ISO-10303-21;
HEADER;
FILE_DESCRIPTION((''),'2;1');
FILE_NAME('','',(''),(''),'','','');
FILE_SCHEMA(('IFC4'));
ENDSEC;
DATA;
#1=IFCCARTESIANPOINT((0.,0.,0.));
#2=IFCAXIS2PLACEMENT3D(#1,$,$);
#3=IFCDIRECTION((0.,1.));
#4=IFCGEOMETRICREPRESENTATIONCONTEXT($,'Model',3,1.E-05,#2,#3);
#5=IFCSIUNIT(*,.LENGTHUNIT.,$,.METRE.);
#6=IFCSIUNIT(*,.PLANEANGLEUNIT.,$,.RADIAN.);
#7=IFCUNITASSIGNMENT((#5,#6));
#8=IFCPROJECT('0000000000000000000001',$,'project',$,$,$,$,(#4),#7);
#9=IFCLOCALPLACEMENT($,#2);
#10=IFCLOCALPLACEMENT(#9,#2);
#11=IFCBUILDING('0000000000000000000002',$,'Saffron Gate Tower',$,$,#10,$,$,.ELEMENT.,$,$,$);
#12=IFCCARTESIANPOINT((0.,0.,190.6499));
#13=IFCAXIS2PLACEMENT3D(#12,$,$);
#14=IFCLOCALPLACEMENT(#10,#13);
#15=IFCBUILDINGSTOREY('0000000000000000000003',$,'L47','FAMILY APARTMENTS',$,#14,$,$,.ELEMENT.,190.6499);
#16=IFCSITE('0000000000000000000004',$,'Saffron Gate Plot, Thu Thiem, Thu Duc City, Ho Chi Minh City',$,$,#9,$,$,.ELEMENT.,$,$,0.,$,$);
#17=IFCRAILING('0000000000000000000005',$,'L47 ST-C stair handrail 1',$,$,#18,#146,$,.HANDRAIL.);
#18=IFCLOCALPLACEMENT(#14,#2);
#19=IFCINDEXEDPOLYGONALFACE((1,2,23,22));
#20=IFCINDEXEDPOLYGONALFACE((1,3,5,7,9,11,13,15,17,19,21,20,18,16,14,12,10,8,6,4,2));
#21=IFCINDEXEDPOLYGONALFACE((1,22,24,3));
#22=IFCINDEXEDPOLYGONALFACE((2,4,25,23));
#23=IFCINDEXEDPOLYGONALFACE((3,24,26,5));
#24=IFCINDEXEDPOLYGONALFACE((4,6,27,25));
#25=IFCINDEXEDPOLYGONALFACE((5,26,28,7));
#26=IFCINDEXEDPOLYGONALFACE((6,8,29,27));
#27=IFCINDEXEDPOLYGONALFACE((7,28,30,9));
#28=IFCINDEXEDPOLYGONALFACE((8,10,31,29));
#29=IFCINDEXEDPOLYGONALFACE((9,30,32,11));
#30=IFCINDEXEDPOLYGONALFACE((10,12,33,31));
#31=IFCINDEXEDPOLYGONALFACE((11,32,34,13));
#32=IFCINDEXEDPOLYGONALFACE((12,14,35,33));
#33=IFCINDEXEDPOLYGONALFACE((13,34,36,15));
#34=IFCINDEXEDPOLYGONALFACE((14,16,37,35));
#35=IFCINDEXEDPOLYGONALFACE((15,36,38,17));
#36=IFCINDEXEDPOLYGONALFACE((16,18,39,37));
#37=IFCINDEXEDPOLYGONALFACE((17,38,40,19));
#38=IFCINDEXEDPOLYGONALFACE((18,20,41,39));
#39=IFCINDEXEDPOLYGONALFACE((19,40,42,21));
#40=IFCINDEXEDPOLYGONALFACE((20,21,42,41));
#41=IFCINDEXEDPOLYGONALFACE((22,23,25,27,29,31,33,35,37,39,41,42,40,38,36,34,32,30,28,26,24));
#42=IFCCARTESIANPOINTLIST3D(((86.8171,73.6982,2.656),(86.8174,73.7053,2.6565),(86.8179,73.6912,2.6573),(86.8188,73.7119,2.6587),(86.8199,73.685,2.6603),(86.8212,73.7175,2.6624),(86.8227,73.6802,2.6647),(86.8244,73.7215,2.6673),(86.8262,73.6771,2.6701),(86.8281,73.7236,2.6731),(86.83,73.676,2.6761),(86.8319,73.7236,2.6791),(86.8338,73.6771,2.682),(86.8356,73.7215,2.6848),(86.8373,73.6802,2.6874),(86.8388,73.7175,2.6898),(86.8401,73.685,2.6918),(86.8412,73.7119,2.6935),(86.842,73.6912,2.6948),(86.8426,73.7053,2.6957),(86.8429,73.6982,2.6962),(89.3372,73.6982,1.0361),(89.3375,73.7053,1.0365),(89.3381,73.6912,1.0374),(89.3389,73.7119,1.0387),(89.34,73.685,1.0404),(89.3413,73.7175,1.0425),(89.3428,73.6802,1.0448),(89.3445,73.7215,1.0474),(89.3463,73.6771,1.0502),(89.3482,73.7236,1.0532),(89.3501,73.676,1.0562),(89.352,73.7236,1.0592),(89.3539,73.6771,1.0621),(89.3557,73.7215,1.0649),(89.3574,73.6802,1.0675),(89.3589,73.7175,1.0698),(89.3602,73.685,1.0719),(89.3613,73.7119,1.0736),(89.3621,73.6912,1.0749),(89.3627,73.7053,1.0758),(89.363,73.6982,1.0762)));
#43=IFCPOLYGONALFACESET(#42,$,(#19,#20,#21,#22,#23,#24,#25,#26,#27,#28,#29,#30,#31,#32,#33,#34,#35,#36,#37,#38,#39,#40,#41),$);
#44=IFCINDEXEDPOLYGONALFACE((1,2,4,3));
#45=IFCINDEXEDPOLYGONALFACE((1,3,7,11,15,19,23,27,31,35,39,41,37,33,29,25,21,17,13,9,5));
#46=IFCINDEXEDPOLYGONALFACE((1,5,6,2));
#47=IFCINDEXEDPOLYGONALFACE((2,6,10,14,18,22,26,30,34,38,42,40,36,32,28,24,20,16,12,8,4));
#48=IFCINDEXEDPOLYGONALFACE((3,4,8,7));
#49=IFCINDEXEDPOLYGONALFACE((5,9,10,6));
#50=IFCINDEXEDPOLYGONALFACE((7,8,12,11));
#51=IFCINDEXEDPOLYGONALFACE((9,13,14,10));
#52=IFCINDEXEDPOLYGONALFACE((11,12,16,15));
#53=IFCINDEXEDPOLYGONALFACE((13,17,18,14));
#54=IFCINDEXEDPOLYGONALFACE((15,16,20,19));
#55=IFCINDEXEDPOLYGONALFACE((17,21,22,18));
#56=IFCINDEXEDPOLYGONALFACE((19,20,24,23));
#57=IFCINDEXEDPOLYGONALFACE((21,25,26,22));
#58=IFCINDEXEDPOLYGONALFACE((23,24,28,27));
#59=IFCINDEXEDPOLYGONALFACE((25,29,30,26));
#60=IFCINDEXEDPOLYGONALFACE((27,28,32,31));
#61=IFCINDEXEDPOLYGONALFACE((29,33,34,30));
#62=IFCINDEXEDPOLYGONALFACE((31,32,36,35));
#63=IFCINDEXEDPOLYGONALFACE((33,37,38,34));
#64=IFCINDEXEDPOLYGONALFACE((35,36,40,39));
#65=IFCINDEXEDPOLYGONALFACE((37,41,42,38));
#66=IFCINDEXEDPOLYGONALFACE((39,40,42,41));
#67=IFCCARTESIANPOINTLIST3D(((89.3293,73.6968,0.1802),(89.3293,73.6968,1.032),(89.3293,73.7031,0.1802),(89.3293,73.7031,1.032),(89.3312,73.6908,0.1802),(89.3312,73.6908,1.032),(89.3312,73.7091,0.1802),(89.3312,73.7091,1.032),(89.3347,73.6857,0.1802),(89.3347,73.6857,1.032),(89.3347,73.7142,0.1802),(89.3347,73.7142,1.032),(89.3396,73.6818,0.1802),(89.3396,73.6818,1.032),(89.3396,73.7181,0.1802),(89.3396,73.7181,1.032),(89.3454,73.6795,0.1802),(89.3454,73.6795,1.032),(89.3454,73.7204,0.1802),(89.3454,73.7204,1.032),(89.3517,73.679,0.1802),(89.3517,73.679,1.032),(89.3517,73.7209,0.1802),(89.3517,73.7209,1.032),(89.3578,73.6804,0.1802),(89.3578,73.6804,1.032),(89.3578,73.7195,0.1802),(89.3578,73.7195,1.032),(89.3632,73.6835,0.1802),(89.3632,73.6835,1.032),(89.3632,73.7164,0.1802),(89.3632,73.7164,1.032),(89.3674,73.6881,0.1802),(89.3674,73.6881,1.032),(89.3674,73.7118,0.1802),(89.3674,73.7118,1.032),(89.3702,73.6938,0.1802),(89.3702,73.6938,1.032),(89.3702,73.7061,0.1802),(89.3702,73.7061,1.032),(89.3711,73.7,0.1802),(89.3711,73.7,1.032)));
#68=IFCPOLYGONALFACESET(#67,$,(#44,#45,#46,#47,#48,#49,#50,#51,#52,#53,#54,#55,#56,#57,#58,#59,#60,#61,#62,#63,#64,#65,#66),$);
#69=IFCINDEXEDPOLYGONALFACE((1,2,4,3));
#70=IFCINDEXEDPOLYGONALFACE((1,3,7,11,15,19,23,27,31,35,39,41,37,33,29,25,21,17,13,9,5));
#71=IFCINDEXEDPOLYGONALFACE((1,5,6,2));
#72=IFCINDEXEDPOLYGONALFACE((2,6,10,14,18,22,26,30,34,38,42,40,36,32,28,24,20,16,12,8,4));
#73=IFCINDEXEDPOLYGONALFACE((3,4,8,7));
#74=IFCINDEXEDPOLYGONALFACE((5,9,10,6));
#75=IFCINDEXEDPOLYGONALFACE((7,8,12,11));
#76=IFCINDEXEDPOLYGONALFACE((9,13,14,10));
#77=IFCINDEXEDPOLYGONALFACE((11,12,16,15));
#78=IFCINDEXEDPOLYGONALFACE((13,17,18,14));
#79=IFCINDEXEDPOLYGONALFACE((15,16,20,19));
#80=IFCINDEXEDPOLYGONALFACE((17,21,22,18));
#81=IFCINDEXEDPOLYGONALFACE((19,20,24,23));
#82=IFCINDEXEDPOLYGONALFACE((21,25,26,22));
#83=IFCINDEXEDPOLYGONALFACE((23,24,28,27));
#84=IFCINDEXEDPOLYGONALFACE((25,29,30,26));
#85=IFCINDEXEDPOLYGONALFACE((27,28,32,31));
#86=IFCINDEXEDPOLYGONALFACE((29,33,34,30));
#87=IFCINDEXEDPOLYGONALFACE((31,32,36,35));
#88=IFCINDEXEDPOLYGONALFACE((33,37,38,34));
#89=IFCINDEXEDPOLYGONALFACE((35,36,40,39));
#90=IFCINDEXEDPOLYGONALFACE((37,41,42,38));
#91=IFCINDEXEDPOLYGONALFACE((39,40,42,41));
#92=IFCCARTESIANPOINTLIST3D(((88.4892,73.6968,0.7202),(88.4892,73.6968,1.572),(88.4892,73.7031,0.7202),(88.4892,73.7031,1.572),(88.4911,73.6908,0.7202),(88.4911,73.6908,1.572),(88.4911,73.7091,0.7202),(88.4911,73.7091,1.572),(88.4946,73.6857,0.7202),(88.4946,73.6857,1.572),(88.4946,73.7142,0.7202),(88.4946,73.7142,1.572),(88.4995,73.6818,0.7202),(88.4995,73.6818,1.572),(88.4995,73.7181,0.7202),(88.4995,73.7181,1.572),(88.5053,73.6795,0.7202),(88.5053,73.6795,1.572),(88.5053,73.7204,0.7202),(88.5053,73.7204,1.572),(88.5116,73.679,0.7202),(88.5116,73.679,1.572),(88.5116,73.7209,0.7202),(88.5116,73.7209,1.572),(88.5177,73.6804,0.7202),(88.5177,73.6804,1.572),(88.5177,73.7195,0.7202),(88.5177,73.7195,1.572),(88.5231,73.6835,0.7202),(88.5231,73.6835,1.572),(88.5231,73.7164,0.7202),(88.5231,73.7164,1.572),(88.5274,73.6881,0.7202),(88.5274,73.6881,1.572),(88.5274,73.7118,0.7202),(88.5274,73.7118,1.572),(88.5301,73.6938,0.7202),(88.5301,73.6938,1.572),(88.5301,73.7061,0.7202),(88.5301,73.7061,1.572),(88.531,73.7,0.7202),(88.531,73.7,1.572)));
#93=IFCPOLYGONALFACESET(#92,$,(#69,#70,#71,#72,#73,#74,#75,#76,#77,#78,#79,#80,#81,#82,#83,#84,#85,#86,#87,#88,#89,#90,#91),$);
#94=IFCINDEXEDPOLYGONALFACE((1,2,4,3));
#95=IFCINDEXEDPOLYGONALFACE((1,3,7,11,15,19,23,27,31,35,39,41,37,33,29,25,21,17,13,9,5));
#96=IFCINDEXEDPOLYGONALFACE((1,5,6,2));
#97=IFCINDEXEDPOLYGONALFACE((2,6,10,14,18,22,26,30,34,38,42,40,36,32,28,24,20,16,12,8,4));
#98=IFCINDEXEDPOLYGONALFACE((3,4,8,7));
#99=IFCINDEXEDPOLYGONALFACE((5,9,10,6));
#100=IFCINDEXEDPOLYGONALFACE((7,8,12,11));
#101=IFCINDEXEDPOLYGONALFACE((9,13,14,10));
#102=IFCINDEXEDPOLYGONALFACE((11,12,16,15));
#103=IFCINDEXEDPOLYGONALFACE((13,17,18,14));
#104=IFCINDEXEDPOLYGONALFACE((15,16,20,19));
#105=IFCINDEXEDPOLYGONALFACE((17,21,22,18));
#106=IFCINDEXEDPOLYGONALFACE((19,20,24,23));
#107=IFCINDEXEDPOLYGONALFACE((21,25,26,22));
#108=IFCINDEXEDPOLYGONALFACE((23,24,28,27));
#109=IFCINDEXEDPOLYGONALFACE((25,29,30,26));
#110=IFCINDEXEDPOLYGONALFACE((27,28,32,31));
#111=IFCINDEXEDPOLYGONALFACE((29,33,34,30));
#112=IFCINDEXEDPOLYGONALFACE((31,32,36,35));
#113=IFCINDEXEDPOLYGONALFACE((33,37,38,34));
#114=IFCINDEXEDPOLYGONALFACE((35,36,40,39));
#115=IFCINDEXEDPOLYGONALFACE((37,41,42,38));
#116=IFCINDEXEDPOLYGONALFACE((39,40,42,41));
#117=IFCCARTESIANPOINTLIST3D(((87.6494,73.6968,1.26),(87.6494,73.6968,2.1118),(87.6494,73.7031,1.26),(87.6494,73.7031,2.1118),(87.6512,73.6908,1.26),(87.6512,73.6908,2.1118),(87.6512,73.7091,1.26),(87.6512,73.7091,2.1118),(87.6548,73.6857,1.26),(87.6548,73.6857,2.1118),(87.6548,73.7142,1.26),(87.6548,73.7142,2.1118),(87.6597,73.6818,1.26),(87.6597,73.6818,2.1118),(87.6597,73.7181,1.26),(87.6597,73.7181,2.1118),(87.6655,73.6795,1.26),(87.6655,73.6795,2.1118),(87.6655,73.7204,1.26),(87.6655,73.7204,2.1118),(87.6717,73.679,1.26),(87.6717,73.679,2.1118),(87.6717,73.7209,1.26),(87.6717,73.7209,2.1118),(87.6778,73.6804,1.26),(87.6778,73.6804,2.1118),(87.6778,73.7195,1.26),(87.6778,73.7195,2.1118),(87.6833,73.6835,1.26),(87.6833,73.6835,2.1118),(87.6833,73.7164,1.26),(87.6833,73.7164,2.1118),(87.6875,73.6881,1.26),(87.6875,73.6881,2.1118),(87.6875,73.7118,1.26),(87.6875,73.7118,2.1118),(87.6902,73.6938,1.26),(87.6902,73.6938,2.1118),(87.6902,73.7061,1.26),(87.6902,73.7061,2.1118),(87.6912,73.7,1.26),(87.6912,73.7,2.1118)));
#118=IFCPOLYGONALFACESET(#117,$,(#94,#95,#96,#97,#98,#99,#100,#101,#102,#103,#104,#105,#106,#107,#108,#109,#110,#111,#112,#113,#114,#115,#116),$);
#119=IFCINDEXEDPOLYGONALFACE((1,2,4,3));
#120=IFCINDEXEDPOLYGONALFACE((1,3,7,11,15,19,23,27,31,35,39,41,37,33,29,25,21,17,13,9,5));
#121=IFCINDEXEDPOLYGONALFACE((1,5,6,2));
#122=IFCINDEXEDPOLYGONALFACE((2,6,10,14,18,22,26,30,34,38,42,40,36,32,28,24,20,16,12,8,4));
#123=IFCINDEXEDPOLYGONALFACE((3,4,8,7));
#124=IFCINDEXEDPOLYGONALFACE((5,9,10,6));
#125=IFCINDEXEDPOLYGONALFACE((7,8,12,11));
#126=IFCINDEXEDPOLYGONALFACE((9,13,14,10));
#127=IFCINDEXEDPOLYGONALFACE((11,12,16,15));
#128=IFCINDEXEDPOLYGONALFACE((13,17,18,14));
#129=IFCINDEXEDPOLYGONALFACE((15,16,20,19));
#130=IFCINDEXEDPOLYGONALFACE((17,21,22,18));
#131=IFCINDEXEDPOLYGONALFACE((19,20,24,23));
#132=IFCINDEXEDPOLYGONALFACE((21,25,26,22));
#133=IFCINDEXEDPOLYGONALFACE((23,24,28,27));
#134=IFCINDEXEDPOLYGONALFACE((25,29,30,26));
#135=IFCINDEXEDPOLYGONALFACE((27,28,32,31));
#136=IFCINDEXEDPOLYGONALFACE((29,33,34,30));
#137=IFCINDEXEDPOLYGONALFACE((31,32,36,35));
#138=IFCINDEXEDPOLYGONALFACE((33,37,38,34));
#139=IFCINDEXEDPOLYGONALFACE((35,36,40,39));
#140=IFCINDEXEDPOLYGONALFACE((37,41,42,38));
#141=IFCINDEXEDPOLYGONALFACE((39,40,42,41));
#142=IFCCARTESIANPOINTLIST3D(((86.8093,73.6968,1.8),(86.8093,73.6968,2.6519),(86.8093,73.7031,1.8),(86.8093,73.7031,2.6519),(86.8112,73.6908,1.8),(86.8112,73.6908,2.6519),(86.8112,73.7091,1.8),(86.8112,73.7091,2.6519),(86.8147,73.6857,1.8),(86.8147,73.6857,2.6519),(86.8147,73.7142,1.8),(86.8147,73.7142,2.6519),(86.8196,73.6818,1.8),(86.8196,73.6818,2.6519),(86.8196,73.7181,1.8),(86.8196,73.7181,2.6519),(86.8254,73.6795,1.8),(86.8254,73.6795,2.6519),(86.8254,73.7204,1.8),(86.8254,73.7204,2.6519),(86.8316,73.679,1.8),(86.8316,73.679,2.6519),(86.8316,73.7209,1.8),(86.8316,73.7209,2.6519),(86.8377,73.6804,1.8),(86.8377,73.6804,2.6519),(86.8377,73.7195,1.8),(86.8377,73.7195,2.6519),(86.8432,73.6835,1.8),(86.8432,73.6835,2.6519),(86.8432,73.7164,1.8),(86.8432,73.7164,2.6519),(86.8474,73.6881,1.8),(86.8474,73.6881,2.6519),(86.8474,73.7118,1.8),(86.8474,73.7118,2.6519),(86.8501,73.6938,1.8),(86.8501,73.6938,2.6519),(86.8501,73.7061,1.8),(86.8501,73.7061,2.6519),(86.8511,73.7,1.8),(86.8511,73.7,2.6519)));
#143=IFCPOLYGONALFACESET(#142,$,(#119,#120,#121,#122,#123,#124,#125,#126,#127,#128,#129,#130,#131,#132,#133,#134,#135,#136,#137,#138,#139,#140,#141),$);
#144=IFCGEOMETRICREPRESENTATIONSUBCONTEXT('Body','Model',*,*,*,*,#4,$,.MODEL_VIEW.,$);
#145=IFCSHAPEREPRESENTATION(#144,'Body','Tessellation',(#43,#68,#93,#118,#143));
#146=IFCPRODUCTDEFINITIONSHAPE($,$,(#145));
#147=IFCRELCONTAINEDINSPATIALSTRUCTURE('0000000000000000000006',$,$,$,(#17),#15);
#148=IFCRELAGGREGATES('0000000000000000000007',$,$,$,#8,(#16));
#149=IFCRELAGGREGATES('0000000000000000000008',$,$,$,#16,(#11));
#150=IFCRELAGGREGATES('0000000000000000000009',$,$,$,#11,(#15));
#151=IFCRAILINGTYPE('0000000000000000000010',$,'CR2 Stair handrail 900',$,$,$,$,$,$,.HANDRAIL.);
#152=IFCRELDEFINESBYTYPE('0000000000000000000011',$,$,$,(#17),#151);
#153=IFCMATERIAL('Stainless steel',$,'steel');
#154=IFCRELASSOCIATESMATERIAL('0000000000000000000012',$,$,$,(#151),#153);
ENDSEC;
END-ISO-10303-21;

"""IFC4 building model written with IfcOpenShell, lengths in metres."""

from ifc_helpers import new_model, si_unit, direction, frame, origin, origin_2d, place, context, subcontext, project, spatial, circle, extrude, material, type_object, element, save


model = new_model("IFC4")

# Units and contexts
model_context = context("Model", 3, precision=1e-05, world=origin(), true_north=direction((0.0, 1.0)))
body_context = subcontext(model_context, "Body", "Model", "MODEL_VIEW")
ifc_project = project(units=[si_unit("LENGTHUNIT", "METRE"), si_unit("PLANEANGLEUNIT", "RADIAN")], contexts=[model_context])

# Site, building, storey
site_placement = place(None, origin())
site = spatial("IfcSite", under=ifc_project, at=site_placement, Name="Saffron Gate Plot, Thu Thiem, Thu Duc City, Ho Chi Minh City", CompositionType="ELEMENT", RefElevation=0.0)
building_placement = place(site_placement, origin())
building = spatial("IfcBuilding", under=site, at=building_placement, Name="Saffron Gate Tower", CompositionType="ELEMENT")
storey_placement = place(building_placement, frame((0.0, 0.0, 190.6499)))
storey = spatial("IfcBuildingStorey", under=building, at=storey_placement, Name="L47", Description="FAMILY APARTMENTS", CompositionType="ELEMENT", Elevation=190.6499)

# Railing
ifc_material_1 = material(Name="Stainless steel", Category="steel")
railing_type_1 = type_object("IfcRailingType", Name="CR2 Stair handrail 900", PredefinedType="HANDRAIL", material=ifc_material_1)
railing_1_placement = place(storey_placement, frame((89.3501, 73.7, 0.1802)))
element("IfcRailing", 1, at=railing_1_placement, inside=storey, type_object=railing_type_1, Name="L47 ST-C stair handrail 1", PredefinedType="HANDRAIL", context=body_context, shape_type="SweptSolid", body=[
    extrude(circle(Radius=0.0239, at=origin_2d()), frame((0.0, 0.0, 0.876), z_axis=(-0.8412, 0.0, 0.540725), x_axis=(0.0, -1.0, 0.0)), (0.0, 0.0, 1.0), 2.9958),
    extrude(circle(Radius=0.021, at=origin_2d()), origin(), (0.0, 0.0, 1.0), 0.8518),
    extrude(circle(Radius=0.021, at=origin_2d()), frame((-0.8401, 0.0, 0.54)), (0.0, 0.0, 1.0), 0.8518),
    extrude(circle(Radius=0.021, at=origin_2d()), frame((-1.6799, 0.0, 1.0798)), (0.0, 0.0, 1.0), 0.8518),
    extrude(circle(Radius=0.021, at=origin_2d()), frame((-2.52, 0.0, 1.6199)), (0.0, 0.0, 1.0), 0.8518),
])

save(model, "model.ifc")
